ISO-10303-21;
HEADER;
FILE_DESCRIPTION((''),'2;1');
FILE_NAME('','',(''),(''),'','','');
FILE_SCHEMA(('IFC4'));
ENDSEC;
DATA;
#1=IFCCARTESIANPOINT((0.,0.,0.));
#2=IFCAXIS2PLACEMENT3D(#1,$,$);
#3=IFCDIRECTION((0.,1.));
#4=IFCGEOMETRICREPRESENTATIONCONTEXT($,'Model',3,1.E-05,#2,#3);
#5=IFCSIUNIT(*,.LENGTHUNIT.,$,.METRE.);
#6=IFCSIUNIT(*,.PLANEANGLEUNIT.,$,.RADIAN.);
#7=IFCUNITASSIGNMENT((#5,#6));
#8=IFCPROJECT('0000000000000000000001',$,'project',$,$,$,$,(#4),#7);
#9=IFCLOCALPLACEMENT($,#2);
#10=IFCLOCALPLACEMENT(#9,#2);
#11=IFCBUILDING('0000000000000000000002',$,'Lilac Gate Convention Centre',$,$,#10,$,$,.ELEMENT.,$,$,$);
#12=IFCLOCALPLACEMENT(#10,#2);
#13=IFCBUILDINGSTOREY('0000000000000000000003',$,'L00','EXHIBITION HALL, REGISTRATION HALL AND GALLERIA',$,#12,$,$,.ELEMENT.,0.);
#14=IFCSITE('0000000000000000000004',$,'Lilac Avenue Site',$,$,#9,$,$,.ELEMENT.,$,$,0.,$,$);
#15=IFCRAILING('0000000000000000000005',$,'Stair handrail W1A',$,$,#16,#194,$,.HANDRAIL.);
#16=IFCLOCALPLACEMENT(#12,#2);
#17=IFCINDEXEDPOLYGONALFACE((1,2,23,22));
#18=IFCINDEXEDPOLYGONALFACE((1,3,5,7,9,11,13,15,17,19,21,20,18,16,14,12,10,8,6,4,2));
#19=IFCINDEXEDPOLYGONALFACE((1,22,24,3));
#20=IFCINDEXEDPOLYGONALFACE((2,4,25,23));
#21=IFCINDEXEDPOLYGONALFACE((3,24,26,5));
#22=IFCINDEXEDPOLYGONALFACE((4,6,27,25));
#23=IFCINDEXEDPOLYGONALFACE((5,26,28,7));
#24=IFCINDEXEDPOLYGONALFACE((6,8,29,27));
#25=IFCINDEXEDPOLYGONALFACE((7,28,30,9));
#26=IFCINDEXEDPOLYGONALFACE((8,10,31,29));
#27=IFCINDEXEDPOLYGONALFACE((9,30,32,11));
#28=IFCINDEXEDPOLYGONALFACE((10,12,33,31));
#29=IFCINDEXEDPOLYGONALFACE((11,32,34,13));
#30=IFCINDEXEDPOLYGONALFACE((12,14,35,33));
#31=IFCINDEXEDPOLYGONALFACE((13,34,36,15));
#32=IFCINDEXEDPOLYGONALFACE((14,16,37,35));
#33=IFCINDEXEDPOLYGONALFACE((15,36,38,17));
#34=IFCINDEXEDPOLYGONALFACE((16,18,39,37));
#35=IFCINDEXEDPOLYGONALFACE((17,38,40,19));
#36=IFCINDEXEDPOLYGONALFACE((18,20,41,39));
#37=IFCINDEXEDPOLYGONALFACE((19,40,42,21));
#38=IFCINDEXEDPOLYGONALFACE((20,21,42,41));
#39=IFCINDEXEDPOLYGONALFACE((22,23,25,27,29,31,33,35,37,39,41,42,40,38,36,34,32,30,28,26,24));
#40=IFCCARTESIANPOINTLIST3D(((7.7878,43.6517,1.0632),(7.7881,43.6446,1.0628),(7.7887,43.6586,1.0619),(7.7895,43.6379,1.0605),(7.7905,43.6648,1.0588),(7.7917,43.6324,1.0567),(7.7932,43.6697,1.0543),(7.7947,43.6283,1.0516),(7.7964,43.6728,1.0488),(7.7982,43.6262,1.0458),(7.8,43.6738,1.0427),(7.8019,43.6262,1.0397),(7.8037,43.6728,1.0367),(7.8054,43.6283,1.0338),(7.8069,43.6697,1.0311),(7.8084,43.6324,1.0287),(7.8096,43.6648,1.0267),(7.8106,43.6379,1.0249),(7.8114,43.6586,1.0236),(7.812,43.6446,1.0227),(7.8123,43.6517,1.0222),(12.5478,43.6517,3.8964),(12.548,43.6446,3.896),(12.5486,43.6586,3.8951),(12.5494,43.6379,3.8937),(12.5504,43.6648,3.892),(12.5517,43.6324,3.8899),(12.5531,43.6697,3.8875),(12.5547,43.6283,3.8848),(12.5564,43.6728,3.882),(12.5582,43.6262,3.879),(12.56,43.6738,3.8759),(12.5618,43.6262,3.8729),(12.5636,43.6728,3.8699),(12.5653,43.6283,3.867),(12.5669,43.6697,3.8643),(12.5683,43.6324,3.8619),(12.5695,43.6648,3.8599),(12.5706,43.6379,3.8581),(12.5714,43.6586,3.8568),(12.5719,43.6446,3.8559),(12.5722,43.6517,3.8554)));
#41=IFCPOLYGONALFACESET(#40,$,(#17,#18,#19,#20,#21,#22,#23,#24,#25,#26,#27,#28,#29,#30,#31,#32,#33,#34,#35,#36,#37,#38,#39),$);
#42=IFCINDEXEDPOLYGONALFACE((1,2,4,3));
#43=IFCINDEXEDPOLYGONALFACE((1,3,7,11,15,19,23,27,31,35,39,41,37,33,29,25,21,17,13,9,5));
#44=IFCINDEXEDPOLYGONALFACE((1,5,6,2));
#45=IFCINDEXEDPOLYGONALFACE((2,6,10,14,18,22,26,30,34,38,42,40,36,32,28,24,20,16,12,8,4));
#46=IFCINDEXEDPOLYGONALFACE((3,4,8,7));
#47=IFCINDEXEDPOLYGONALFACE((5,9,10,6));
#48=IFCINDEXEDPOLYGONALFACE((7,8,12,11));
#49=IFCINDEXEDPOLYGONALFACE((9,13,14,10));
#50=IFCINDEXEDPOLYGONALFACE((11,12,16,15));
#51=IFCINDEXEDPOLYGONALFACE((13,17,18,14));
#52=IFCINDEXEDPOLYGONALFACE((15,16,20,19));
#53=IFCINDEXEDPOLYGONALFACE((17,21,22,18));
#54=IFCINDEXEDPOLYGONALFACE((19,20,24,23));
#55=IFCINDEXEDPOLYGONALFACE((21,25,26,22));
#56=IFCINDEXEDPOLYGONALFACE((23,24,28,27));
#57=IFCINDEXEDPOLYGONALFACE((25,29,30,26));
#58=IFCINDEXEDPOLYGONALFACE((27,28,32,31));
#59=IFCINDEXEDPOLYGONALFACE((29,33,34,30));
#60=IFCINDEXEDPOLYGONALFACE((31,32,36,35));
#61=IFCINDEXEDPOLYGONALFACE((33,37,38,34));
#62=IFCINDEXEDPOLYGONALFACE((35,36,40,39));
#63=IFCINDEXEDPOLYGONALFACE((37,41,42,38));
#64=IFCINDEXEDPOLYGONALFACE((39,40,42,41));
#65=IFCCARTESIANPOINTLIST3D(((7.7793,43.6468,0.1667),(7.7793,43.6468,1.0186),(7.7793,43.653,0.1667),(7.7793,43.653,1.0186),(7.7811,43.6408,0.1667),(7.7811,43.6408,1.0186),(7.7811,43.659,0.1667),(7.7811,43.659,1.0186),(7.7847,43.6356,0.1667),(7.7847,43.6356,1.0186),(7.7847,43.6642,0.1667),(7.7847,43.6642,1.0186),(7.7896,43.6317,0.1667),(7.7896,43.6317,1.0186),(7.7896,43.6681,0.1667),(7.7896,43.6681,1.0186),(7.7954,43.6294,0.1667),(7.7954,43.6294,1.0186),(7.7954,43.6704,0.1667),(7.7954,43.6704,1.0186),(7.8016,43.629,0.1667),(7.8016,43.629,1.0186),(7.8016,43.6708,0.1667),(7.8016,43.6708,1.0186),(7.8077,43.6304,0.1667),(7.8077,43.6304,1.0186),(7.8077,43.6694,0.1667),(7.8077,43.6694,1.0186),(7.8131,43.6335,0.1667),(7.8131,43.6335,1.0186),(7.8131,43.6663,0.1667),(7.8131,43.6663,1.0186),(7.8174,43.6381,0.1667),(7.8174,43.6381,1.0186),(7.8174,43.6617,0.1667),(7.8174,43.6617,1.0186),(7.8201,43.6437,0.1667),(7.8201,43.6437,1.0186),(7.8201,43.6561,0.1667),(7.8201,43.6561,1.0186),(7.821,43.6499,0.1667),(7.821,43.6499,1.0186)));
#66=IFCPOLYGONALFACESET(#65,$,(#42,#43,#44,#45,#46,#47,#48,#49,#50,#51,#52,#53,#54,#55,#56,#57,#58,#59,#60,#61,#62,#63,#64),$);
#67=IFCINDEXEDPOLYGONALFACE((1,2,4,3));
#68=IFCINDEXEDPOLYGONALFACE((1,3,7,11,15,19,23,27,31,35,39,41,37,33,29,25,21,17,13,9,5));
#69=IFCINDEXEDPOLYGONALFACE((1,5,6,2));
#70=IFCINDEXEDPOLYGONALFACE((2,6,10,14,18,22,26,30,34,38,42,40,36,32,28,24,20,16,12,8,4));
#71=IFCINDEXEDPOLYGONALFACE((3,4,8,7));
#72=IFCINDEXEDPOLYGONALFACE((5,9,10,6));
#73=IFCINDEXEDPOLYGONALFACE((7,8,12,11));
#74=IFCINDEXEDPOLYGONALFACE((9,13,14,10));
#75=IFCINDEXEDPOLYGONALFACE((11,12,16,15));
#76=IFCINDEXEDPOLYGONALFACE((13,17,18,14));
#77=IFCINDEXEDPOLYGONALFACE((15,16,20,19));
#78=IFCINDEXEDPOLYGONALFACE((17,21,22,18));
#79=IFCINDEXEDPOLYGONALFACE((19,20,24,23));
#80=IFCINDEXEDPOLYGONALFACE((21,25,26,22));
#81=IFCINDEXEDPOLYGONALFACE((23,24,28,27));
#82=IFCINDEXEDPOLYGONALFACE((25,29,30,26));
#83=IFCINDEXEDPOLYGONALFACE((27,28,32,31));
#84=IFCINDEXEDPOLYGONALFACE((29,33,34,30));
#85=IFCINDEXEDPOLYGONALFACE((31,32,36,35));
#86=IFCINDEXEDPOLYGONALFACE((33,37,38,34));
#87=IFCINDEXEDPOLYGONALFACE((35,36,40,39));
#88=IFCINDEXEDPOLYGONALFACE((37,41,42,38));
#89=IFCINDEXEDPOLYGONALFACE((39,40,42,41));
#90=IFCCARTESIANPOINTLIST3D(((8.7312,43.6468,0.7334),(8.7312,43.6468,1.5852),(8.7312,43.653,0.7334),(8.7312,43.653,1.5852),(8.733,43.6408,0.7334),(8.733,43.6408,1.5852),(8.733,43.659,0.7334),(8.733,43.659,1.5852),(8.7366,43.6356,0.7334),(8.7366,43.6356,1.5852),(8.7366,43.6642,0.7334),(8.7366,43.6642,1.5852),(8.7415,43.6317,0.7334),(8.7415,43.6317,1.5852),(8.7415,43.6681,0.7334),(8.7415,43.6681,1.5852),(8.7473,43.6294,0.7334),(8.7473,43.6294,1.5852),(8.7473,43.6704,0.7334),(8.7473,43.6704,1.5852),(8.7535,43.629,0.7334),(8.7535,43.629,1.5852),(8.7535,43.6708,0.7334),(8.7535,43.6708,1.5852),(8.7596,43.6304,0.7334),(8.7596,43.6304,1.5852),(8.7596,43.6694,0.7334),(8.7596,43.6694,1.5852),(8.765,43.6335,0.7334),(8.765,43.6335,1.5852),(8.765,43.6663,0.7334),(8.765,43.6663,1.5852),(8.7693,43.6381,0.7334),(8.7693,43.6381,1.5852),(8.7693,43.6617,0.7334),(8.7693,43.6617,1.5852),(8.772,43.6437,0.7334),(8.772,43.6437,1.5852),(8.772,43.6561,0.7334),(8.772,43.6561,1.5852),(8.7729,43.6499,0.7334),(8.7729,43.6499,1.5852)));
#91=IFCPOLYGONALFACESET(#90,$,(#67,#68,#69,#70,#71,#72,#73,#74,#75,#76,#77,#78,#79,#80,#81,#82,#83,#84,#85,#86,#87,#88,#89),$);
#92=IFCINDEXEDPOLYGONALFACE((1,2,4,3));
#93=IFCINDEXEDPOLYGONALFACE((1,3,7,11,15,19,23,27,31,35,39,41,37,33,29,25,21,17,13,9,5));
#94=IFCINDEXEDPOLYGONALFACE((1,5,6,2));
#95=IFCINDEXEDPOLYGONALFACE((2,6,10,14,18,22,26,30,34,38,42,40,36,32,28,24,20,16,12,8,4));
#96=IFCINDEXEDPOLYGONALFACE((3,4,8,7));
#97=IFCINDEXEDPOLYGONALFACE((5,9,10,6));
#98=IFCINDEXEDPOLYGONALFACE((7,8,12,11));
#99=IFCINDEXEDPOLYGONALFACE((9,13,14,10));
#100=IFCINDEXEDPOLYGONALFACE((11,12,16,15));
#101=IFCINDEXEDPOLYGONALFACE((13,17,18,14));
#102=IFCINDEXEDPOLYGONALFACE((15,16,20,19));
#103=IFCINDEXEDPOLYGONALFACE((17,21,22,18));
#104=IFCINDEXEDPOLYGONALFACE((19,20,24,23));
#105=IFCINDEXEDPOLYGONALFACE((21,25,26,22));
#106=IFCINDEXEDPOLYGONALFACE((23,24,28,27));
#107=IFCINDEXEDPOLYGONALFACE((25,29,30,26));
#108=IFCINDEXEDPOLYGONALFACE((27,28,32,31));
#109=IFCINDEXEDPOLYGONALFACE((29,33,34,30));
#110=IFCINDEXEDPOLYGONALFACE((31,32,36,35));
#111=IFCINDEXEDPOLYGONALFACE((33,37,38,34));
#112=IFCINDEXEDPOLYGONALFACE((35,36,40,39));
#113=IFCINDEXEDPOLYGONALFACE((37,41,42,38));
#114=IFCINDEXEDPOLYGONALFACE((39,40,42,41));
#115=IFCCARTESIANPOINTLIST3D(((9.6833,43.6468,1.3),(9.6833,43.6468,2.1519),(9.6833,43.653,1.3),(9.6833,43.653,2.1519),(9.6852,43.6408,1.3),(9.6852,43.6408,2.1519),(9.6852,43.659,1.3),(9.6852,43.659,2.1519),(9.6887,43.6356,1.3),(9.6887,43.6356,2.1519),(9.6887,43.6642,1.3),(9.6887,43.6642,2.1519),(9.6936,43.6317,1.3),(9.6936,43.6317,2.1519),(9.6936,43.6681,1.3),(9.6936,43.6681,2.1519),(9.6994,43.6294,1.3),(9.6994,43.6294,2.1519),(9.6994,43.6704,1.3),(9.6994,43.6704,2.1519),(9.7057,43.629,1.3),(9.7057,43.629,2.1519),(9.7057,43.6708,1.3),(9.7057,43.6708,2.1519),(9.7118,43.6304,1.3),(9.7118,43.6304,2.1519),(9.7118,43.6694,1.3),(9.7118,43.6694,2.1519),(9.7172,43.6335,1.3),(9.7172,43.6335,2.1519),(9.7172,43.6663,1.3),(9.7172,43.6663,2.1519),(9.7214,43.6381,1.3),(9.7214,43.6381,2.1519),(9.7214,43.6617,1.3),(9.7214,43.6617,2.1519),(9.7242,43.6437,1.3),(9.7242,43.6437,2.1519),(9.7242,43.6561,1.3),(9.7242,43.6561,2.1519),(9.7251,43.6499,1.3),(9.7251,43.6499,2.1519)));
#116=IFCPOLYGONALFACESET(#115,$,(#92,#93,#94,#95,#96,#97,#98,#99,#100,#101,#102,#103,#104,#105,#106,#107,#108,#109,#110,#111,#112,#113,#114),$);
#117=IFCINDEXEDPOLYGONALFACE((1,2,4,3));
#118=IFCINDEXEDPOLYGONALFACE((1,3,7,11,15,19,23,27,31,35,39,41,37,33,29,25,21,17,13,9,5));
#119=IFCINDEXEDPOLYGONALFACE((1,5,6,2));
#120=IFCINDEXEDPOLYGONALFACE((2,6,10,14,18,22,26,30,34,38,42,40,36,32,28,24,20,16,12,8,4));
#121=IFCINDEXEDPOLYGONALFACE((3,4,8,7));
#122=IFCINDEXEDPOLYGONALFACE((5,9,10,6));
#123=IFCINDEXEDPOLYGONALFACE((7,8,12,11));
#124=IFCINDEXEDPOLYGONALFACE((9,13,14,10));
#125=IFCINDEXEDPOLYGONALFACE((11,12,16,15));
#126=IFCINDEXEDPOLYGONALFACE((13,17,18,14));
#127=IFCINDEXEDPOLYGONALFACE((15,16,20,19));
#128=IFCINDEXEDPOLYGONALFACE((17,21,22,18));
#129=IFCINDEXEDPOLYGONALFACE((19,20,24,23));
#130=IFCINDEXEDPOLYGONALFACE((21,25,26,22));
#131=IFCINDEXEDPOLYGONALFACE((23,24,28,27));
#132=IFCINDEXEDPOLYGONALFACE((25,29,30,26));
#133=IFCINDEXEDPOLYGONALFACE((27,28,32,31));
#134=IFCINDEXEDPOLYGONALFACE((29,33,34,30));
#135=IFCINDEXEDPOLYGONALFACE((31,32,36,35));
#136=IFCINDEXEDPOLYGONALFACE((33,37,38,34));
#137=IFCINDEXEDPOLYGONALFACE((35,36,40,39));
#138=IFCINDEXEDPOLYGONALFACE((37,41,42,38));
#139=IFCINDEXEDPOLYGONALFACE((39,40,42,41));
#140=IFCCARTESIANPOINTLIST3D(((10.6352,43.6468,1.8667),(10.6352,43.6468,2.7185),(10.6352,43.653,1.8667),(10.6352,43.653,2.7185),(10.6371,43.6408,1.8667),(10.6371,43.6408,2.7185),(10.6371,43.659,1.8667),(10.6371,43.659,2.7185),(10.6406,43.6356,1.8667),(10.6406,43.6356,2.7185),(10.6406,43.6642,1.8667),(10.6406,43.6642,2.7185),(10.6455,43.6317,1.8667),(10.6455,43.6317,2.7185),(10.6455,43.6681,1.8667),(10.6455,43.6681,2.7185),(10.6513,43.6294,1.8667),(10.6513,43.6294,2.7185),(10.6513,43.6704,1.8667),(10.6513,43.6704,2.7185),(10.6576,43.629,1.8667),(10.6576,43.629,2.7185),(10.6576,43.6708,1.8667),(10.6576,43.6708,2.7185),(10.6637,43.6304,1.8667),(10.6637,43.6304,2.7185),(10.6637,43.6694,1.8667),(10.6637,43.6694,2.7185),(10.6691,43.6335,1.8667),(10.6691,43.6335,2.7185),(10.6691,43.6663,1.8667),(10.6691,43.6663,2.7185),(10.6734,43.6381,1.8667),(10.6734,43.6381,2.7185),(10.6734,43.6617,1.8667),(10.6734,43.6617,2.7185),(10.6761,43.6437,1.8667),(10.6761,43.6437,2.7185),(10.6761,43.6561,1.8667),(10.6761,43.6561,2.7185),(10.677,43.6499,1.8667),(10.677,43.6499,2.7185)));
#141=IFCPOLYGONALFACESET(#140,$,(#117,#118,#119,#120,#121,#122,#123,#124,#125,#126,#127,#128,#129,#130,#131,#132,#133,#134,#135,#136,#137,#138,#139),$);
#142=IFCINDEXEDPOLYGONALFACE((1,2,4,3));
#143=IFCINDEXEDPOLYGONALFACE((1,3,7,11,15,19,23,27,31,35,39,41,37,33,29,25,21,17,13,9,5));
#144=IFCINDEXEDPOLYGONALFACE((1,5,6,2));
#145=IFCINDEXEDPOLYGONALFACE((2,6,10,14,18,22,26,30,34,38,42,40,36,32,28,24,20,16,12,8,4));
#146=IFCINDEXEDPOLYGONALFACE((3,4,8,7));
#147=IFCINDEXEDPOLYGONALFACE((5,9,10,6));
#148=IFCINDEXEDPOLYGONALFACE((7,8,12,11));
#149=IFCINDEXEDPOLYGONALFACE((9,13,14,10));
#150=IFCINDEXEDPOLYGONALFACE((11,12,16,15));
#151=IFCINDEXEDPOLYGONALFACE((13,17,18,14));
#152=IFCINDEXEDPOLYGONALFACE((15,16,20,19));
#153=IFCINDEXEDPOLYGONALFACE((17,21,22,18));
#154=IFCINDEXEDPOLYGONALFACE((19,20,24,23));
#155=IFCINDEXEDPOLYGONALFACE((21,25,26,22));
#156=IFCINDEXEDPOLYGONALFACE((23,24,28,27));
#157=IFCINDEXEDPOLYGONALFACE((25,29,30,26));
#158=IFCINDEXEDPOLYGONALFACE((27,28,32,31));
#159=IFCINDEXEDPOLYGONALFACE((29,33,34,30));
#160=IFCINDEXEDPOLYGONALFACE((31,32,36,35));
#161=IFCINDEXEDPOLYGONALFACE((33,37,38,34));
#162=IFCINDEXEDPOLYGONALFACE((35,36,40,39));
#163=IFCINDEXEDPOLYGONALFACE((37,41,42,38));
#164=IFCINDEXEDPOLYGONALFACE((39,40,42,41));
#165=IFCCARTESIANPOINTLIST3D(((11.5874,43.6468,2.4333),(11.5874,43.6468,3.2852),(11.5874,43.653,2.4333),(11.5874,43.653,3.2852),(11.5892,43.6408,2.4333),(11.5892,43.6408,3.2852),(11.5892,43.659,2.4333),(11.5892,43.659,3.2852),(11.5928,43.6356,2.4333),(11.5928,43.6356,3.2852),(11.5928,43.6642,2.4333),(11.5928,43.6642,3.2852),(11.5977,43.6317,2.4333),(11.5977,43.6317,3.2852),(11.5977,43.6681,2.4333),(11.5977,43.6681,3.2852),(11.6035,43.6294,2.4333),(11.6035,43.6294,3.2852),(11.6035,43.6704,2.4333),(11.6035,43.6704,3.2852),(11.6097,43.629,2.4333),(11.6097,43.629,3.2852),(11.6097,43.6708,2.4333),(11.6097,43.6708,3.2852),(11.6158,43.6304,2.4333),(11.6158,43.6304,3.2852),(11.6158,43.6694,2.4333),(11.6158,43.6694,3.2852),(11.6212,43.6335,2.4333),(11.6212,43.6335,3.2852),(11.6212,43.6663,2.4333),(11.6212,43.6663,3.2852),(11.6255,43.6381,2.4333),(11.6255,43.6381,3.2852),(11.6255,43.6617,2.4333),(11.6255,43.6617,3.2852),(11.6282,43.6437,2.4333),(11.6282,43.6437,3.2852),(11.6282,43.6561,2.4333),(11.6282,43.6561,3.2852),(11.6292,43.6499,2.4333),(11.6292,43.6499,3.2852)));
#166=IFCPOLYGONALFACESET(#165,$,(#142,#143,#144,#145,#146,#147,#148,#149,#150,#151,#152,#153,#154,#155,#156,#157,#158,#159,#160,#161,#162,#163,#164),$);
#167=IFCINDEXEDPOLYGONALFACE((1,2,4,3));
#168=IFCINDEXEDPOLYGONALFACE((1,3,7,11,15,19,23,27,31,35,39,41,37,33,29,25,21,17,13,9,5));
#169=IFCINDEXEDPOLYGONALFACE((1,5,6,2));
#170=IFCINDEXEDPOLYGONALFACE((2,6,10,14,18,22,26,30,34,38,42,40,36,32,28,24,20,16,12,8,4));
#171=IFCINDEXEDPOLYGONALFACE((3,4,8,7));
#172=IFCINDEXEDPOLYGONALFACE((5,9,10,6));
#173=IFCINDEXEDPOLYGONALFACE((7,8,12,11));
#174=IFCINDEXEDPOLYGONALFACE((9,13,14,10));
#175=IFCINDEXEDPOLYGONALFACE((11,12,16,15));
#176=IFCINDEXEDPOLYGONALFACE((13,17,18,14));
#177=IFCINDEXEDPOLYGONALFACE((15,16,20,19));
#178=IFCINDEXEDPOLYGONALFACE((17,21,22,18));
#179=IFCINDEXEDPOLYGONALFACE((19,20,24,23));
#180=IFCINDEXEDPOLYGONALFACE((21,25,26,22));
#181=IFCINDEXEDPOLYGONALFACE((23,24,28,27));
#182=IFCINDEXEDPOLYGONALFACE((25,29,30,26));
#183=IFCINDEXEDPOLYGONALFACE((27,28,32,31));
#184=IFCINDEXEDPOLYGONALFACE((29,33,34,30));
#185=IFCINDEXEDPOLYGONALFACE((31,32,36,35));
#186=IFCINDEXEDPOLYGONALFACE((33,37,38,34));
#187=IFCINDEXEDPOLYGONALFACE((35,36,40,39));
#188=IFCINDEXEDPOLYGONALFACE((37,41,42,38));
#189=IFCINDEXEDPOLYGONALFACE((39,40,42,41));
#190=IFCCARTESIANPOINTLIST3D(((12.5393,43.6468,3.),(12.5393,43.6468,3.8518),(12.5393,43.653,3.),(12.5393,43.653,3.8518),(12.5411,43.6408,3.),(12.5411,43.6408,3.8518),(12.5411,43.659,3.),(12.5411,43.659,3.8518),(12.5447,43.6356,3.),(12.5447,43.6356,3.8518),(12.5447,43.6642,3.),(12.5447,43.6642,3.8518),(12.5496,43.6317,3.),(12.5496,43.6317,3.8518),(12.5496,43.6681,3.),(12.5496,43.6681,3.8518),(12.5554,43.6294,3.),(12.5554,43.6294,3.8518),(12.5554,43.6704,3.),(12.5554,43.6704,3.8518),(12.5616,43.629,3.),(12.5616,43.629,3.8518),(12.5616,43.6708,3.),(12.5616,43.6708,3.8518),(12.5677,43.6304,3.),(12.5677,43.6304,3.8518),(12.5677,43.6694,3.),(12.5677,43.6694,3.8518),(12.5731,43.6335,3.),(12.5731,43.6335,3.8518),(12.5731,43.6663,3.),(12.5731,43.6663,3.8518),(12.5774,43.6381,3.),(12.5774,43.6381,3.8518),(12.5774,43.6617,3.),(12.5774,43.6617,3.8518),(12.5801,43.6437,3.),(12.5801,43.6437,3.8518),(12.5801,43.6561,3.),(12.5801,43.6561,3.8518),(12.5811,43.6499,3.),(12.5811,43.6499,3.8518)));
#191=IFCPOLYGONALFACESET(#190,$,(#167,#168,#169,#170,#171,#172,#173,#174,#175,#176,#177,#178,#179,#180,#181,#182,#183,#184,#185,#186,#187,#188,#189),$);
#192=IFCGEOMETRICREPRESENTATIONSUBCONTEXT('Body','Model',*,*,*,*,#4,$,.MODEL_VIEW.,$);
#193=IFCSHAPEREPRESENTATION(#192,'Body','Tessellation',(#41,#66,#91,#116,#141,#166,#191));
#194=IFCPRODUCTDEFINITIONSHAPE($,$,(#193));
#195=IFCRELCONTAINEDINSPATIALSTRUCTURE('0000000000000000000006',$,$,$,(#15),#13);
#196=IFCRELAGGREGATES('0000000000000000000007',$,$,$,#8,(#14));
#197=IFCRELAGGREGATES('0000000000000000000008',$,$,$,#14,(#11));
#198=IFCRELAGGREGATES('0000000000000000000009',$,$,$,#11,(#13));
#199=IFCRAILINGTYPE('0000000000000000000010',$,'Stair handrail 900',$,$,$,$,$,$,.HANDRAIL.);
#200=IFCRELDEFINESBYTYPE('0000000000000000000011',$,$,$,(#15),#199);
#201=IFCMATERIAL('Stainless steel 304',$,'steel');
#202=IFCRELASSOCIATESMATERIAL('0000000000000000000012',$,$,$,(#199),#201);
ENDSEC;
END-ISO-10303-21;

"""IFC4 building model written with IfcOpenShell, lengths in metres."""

from ifc_helpers import new_model, si_unit, direction, frame, origin, origin_2d, place, context, subcontext, project, spatial, circle, extrude, material, type_object, element, save


model = new_model("IFC4")

# Units and contexts
model_context = context("Model", 3, precision=1e-05, world=origin(), true_north=direction((0.0, 1.0)))
body_context = subcontext(model_context, "Body", "Model", "MODEL_VIEW")
ifc_project = project(units=[si_unit("LENGTHUNIT", "METRE"), si_unit("PLANEANGLEUNIT", "RADIAN")], contexts=[model_context])

# Site, building, storey
site_placement = place(None, origin())
site = spatial("IfcSite", under=ifc_project, at=site_placement, Name="Lilac Avenue Site", CompositionType="ELEMENT", RefElevation=0.0)
building_placement = place(site_placement, origin())
building = spatial("IfcBuilding", under=site, at=building_placement, Name="Lilac Gate Convention Centre", CompositionType="ELEMENT")
storey_placement = place(building_placement, origin())
storey = spatial("IfcBuildingStorey", under=building, at=storey_placement, Name="L00", Description="EXHIBITION HALL, REGISTRATION HALL AND GALLERIA", CompositionType="ELEMENT", Elevation=0.0)

# Railing
ifc_material_1 = material(Name="Stainless steel 304", Category="steel")
railing_type_1 = type_object("IfcRailingType", Name="Stair handrail 900", PredefinedType="HANDRAIL", material=ifc_material_1)
for number, where, name in (
    (1, (7.8, 43.6499, 0.1667), "Stair handrail W1A"),
):
    element("IfcRailing", number, at=place(storey_placement, frame(where)), inside=storey, type_object=railing_type_1, Name=name, PredefinedType="HANDRAIL", context=body_context, shape_type="SweptSolid", body=[
        extrude(circle(Radius=0.0239, at=origin_2d()), frame((0.0, 0.0, 0.876), z_axis=(0.8593, 0.0, 0.511472), x_axis=(0.0, 1.0, 0.0)), (0.0, 0.0, 1.0), 5.5393),
        extrude(circle(Radius=0.021, at=origin_2d()), origin(), (0.0, 0.0, 1.0), 0.8518),
        extrude(circle(Radius=0.021, at=origin_2d()), frame((0.9519, 0.0, 0.5667)), (0.0, 0.0, 1.0), 0.8518),
        extrude(circle(Radius=0.021, at=origin_2d()), frame((1.9041, 0.0, 1.1333)), (0.0, 0.0, 1.0), 0.8518),
        extrude(circle(Radius=0.021, at=origin_2d()), frame((2.856, 0.0, 1.7)), (0.0, 0.0, 1.0), 0.8518),
        extrude(circle(Radius=0.021, at=origin_2d()), frame((3.8081, 0.0, 2.2666)), (0.0, 0.0, 1.0), 0.8518),
        extrude(circle(Radius=0.021, at=origin_2d()), frame((4.76, 0.0, 2.8333)), (0.0, 0.0, 1.0), 0.8518),
    ])

save(model, "model.ifc")
